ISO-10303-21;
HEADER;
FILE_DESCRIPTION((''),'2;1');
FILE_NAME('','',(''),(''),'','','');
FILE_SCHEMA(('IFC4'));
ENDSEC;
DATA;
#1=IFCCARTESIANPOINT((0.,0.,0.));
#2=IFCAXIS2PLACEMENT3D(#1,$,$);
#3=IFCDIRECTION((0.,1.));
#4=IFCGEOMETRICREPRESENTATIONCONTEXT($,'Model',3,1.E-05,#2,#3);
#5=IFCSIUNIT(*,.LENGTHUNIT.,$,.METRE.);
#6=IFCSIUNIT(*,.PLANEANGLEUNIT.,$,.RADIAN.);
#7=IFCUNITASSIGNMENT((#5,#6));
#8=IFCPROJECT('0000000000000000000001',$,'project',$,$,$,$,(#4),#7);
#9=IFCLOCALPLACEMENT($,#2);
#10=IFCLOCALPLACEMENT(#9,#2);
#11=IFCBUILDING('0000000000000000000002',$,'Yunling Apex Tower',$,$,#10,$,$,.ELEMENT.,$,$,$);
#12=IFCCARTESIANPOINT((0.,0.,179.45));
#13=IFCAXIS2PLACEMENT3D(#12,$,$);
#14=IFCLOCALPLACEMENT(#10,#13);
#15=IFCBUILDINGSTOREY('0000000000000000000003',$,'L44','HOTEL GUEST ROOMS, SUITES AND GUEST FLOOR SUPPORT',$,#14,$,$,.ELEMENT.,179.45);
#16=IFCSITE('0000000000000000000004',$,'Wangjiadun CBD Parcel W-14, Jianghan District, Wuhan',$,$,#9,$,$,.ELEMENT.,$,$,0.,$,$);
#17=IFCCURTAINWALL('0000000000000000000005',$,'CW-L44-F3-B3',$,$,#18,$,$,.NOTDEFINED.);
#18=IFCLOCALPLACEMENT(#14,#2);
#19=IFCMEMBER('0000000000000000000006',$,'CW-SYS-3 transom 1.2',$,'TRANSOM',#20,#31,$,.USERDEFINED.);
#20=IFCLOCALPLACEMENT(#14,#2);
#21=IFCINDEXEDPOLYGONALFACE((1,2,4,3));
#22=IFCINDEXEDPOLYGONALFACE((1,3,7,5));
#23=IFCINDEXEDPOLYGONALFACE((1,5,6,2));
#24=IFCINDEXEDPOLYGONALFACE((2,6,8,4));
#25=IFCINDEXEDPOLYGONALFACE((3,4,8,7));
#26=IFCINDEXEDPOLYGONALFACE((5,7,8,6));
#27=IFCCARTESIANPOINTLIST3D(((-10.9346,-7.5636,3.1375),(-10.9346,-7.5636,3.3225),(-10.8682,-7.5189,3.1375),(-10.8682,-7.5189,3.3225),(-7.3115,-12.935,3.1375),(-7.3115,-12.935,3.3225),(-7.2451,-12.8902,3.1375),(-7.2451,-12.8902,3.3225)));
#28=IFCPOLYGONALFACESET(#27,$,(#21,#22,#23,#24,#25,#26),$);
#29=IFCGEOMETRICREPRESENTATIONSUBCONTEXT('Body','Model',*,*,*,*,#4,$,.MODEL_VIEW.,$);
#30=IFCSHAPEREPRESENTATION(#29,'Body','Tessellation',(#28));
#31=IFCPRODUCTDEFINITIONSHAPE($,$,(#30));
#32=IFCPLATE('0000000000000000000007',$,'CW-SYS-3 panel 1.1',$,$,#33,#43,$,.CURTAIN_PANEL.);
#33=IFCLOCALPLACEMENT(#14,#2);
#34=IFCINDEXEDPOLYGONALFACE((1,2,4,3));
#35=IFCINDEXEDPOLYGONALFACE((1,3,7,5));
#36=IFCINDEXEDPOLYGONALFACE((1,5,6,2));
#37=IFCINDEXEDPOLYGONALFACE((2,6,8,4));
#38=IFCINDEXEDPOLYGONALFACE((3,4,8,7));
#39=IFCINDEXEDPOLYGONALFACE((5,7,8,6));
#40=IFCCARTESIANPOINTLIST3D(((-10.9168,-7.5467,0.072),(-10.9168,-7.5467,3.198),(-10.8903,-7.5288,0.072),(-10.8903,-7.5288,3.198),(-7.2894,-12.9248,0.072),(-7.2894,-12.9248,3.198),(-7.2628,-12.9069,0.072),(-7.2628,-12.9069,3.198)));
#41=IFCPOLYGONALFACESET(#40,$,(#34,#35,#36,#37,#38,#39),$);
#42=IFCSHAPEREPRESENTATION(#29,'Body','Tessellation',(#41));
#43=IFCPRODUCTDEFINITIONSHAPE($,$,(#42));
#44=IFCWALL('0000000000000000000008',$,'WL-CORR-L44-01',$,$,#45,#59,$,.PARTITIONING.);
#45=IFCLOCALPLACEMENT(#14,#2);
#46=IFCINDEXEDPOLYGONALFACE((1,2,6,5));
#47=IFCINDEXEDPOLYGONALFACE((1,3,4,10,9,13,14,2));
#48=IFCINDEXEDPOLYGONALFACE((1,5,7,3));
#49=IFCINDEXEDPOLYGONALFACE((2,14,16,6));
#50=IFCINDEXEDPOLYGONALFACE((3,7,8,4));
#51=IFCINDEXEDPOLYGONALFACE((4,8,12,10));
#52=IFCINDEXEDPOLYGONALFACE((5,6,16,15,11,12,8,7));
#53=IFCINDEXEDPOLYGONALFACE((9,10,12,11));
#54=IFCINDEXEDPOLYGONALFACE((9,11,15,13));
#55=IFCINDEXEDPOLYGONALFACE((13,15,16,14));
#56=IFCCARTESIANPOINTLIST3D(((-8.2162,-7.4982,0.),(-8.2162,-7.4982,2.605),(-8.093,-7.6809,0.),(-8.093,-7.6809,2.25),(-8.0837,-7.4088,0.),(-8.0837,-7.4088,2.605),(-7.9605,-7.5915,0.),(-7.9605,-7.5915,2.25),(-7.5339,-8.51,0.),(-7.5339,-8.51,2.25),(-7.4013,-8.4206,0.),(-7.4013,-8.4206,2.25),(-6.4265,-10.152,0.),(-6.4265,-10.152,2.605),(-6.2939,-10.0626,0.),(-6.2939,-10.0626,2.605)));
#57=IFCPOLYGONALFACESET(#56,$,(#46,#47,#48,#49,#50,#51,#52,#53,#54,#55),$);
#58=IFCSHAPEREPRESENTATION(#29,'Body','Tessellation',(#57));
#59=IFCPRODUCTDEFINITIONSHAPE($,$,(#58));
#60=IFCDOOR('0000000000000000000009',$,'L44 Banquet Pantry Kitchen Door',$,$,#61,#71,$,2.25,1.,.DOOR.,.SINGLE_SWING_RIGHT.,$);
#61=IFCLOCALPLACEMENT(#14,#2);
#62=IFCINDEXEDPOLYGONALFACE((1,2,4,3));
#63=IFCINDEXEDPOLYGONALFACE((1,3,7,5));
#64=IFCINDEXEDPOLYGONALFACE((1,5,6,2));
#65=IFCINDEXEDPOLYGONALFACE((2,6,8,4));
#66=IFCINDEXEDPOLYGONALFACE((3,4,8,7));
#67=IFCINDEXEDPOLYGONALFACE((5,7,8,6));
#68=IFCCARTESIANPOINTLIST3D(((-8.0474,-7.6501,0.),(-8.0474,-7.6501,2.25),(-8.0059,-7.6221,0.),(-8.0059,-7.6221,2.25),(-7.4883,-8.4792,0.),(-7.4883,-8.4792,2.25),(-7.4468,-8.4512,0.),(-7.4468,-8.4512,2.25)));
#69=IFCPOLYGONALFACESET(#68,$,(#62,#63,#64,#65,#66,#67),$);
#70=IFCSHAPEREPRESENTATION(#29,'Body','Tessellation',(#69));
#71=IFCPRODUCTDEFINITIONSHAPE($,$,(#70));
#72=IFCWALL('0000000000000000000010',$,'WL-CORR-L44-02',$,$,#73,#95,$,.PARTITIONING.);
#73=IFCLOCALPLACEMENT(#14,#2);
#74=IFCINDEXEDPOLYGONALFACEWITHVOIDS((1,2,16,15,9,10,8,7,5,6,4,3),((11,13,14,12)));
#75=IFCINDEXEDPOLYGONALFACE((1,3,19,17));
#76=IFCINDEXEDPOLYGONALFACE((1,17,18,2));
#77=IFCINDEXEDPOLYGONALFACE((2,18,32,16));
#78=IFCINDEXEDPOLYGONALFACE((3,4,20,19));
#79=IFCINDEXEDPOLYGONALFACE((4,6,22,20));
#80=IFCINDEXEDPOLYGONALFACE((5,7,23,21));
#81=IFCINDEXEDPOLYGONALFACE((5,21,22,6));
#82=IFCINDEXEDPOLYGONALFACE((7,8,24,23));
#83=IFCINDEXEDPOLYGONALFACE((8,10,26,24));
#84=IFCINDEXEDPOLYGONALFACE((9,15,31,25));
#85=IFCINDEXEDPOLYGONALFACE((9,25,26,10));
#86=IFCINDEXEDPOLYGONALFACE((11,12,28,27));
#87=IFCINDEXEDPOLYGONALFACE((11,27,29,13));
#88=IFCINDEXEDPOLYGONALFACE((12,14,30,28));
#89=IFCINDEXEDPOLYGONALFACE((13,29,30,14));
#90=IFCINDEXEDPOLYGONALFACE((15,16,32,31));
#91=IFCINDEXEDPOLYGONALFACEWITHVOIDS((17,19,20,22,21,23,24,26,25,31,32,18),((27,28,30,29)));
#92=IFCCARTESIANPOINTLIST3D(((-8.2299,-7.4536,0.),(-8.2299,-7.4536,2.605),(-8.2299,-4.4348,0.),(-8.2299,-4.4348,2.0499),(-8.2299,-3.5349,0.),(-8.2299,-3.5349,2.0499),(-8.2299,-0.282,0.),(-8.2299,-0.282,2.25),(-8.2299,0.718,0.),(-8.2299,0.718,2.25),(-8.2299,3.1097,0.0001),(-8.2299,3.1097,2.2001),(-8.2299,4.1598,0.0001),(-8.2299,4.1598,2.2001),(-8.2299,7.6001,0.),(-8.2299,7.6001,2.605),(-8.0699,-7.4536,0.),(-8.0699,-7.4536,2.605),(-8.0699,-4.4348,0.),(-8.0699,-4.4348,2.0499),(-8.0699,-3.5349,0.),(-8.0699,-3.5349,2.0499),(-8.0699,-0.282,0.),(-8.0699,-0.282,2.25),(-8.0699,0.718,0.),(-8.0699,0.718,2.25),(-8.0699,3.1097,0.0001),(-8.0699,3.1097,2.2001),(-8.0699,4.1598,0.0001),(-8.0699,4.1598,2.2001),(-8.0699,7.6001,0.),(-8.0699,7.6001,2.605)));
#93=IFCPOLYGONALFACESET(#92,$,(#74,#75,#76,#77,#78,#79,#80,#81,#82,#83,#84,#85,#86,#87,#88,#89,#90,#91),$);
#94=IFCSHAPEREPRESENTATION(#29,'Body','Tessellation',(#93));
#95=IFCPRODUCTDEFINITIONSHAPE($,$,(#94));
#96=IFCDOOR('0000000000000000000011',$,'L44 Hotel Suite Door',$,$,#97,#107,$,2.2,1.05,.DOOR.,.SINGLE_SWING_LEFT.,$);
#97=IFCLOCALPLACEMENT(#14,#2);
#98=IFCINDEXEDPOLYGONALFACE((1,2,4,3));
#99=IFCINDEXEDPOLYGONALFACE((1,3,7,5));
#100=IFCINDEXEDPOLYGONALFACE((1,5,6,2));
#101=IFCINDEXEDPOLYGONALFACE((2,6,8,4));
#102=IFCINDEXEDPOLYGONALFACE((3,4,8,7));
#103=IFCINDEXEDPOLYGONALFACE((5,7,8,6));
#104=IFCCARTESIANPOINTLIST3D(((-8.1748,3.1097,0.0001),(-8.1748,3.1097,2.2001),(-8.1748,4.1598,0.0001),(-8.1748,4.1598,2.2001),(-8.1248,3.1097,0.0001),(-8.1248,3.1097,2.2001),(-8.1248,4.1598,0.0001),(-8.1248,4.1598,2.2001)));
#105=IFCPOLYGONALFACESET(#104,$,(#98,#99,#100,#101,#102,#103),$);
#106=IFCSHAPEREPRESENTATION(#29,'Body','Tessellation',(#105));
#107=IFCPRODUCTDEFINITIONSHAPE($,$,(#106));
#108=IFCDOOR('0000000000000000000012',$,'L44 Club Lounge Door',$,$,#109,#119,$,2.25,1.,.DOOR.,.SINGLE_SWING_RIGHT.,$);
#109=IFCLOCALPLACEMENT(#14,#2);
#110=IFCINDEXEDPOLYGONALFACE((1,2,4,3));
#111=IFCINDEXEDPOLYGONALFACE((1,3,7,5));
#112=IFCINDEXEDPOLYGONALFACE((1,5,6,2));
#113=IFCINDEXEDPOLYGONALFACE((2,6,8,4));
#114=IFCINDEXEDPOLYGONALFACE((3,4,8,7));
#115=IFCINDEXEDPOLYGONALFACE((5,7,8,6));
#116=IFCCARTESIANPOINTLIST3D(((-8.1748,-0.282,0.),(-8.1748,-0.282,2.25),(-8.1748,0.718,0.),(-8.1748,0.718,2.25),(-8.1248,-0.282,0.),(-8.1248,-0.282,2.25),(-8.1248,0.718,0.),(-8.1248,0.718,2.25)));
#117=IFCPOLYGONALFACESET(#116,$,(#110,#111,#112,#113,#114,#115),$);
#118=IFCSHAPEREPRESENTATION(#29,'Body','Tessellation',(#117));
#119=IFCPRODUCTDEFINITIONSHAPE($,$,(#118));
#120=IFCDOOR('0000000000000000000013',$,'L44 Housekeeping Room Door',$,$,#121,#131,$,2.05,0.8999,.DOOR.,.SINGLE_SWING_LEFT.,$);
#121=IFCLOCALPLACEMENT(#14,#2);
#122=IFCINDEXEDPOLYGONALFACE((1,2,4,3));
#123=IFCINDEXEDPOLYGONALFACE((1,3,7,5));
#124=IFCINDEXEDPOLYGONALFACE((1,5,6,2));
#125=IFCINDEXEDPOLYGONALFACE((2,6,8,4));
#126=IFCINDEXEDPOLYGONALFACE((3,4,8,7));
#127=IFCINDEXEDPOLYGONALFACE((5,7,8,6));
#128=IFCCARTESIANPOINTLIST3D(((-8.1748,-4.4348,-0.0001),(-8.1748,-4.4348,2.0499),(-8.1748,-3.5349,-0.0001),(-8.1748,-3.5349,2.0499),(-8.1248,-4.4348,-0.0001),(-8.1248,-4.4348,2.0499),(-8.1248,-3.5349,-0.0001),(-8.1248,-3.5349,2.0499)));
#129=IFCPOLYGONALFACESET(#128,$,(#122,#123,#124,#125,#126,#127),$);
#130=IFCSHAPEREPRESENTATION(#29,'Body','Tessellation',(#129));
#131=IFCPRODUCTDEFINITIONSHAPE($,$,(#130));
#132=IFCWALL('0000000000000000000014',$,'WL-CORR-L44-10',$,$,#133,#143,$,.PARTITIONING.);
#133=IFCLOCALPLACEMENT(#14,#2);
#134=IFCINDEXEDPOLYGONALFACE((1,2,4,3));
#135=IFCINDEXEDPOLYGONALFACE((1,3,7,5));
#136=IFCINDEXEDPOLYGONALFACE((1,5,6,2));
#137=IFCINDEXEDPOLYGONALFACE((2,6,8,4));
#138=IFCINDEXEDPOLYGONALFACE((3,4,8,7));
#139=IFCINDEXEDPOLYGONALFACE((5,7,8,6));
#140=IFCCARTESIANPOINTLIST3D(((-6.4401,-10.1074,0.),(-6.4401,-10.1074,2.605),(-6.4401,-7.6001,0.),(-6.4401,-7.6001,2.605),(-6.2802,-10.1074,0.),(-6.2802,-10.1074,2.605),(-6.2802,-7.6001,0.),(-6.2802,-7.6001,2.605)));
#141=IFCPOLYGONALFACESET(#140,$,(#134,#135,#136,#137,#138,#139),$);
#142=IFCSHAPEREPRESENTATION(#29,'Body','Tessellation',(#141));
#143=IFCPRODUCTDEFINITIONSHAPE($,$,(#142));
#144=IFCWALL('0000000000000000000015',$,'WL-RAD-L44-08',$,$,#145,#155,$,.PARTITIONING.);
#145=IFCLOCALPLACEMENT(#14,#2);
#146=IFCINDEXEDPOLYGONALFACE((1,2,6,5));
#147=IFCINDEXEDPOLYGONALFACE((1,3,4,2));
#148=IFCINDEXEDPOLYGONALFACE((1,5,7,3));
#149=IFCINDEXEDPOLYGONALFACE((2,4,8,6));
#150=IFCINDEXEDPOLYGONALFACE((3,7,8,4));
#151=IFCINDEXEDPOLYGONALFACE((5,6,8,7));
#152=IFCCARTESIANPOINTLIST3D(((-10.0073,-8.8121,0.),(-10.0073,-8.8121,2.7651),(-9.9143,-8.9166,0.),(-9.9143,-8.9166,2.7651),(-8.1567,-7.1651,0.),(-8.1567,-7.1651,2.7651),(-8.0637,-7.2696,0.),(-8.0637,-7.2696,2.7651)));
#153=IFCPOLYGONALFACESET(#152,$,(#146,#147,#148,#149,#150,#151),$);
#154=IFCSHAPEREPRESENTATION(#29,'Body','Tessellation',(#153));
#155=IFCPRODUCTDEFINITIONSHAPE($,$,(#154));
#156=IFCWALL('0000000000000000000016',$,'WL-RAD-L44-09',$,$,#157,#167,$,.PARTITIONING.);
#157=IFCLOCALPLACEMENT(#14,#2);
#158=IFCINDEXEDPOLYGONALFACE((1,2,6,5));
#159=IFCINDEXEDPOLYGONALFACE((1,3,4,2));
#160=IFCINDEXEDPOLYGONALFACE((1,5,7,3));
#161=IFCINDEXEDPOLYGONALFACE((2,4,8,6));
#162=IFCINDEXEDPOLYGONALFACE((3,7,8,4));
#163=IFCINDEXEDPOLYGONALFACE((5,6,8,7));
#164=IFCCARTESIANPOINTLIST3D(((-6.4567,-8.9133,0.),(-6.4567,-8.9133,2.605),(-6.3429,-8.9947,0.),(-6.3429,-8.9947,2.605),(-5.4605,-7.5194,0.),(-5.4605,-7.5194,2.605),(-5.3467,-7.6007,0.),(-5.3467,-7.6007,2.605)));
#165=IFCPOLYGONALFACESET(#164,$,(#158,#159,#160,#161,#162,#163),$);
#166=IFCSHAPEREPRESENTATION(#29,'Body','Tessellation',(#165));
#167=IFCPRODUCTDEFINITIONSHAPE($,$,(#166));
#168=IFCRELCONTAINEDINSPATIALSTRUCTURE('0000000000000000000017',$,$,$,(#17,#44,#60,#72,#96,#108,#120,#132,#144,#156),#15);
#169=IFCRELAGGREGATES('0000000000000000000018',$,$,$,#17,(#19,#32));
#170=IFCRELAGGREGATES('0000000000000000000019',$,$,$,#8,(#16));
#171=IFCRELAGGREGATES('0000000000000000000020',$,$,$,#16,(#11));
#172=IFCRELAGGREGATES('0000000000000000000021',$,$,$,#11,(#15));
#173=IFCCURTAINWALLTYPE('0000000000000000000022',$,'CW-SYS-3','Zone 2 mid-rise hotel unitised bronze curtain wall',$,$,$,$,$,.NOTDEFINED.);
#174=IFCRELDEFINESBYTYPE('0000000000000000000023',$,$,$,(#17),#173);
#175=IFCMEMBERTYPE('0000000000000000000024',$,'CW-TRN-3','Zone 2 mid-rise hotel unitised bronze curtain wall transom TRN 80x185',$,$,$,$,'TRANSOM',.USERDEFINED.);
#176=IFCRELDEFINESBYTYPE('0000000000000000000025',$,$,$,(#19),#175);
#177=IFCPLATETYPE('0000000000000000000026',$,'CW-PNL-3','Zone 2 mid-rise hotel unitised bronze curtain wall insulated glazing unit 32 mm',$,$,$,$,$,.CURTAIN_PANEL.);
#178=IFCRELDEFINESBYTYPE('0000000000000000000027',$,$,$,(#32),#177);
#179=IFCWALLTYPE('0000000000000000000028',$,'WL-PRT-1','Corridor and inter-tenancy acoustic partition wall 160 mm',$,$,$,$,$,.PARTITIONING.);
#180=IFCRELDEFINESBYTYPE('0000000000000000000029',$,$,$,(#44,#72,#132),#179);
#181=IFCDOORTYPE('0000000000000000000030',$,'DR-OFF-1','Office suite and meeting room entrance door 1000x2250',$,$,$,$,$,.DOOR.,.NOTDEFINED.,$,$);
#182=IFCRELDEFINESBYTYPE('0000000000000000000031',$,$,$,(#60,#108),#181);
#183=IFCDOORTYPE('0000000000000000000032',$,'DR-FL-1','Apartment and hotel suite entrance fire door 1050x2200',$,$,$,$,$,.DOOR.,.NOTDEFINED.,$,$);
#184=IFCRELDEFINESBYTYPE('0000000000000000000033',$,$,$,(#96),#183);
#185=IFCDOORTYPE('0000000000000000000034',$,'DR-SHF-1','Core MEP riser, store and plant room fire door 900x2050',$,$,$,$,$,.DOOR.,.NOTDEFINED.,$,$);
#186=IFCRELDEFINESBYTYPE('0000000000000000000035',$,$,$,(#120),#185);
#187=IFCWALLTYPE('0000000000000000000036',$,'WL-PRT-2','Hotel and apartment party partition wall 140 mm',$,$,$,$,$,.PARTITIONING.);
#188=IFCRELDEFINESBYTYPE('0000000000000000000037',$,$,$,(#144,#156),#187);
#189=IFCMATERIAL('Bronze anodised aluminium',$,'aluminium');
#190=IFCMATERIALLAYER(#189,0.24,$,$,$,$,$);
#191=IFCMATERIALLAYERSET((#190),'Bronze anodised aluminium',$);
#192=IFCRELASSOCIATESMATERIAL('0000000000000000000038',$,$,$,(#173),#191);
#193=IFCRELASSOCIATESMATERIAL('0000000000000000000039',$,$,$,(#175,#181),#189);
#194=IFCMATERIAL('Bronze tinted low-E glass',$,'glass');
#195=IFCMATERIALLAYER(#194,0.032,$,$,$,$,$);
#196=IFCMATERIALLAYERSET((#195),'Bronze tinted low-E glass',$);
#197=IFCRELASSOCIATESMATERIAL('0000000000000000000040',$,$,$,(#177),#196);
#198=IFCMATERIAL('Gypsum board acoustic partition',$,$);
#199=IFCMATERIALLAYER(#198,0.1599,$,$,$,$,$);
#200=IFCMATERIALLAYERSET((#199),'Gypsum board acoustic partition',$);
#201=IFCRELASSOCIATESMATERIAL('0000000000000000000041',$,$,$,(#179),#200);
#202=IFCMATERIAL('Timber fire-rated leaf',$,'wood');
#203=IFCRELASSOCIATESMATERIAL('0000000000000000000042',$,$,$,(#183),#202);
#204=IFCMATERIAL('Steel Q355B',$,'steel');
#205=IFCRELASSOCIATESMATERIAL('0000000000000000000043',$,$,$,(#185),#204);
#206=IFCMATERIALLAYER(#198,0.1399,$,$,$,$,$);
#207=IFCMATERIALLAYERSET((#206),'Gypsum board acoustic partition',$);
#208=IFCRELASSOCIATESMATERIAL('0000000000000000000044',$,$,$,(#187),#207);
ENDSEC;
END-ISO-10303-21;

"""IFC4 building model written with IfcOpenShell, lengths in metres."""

from ifc_helpers import new_model, si_unit, direction, frame, frame_2d, origin, origin_2d, place, context, subcontext, project, spatial, rectangle, extrude, source, transform, mapped, material, layer, layer_set, material_profile, profile_set, type_object, element, fill, aggregate, save


model = new_model("IFC4")

# Units and contexts
model_context = context("Model", 3, precision=1e-05, world=origin(), true_north=direction((0.0, 1.0)))
body_context = subcontext(model_context, "Body", "Model", "MODEL_VIEW")
ifc_project = project(units=[si_unit("LENGTHUNIT", "METRE"), si_unit("PLANEANGLEUNIT", "RADIAN")], contexts=[model_context])

# Site, building, storey
site_placement = place(None, origin())
site = spatial("IfcSite", under=ifc_project, at=site_placement, Name="Wangjiadun CBD Parcel W-14, Jianghan District, Wuhan", CompositionType="ELEMENT", RefElevation=0.0)
building_placement = place(site_placement, origin())
building = spatial("IfcBuilding", under=site, at=building_placement, Name="Yunling Apex Tower", CompositionType="ELEMENT")
storey_placement = place(building_placement, frame((0.0, 0.0, 179.45)))
storey = spatial("IfcBuildingStorey", under=building, at=storey_placement, Name="L44", Description="HOTEL GUEST ROOMS, SUITES AND GUEST FLOOR SUPPORT", CompositionType="ELEMENT", Elevation=179.45)

# Shared definitions
ifc_material_1 = material(Name="Steel Q355B", Category="steel")

# Curtain wall, member, plate
ifc_material_2 = material(Name="Bronze anodised aluminium", Category="aluminium")
ifc_layer_1 = layer(ifc_material_2, 0.24)
ifc_layer_set_1 = layer_set([ifc_layer_1], Name="Bronze anodised aluminium")
curtain_wall_type = type_object("IfcCurtainWallType", Name="CW-SYS-3", Description="Zone 2 mid-rise hotel unitised bronze curtain wall", PredefinedType="NOTDEFINED", material=ifc_layer_set_1)
curtain_wall_placement = place(storey_placement, origin())
curtain_wall = element("IfcCurtainWall", 1, at=curtain_wall_placement, inside=storey, type_object=curtain_wall_type, Name="CW-L44-F3-B3", PredefinedType="NOTDEFINED")
ifc_material_profile_1 = material_profile(ifc_material_2, rectangle(XDim=0.0801, YDim=0.1851, at=origin_2d()))
ifc_profile_set_1 = profile_set([ifc_material_profile_1], Name="Bronze anodised aluminium")
member_type_1 = type_object("IfcMemberType", Name="CW-TRN-3", Description="Zone 2 mid-rise hotel unitised bronze curtain wall transom TRN 80x185", ElementType="TRANSOM", PredefinedType="USERDEFINED", material=ifc_profile_set_1)
shared_shape_1 = source(origin(), body_context, "Body", "SweptSolid", [
    extrude(rectangle(XDim=0.0801, YDim=0.1851, at=origin_2d()), origin(), (0.0, 0.0, 1.0), 6.479),
])
member_1_placement = place(storey_placement, frame((-10.9014, -7.5413, 3.23), z_axis=(0.559196, -0.829035, 0.0), x_axis=(0.829035, 0.559196, 0.0)))
member_1 = element("IfcMember", 2, at=member_1_placement, type_object=member_type_1, Name="CW-SYS-3 transom 1.2", ObjectType="TRANSOM", PredefinedType="USERDEFINED", context=body_context, shape_type="MappedRepresentation", body=[
    mapped(shared_shape_1, transform((0.0, 0.0, 0.0), scale=1.0)),
])
ifc_material_3 = material(Name="Bronze tinted low-E glass", Category="glass")
ifc_layer_2 = layer(ifc_material_3, 0.032)
ifc_layer_set_2 = layer_set([ifc_layer_2], Name="Bronze tinted low-E glass")
plate_type = type_object("IfcPlateType", Name="CW-PNL-3", Description="Zone 2 mid-rise hotel unitised bronze curtain wall insulated glazing unit 32 mm", PredefinedType="CURTAIN_PANEL", material=ifc_layer_set_2)
shared_shape_2 = source(origin(), body_context, "Body", "SweptSolid", [
    extrude(rectangle(XDim=6.4871, YDim=0.032, at=origin_2d()), origin(), (0.0, 0.0, 1.0), 3.126),
])
plate_placement = place(storey_placement, frame((-9.0898, -10.2268, 0.072), z_axis=(0.0, 0.0, 1.0), x_axis=(0.559188, -0.829041, 0.0)))
plate = element("IfcPlate", 3, at=plate_placement, type_object=plate_type, Name="CW-SYS-3 panel 1.1", PredefinedType="CURTAIN_PANEL", context=body_context, shape_type="MappedRepresentation", body=[
    mapped(shared_shape_2, transform((0.0, 0.0, 0.0), scale=1.0)),
])
aggregate(curtain_wall, [member_1, plate])

# Wall, opening, door
ifc_material_4 = material(Name="Gypsum board acoustic partition")
ifc_layer_3 = layer(ifc_material_4, 0.1599)
ifc_layer_set_3 = layer_set([ifc_layer_3], Name="Gypsum board acoustic partition")
wall_type_1 = type_object("IfcWallType", Name="WL-PRT-1", Description="Corridor and inter-tenancy acoustic partition wall 160 mm", PredefinedType="PARTITIONING", material=ifc_layer_set_3)
wall_1_placement = place(storey_placement, frame((-6.3601, -10.1074, 0.0), z_axis=(0.0, 0.0, 1.0), x_axis=(-0.559145, 0.82907, 0.0)))
wall_1 = element("IfcWall", 4, at=wall_1_placement, inside=storey, type_object=wall_type_1, Name="WL-CORR-L44-01", PredefinedType="PARTITIONING", context=body_context, shape_type="SweptSolid", body=[
    extrude(rectangle(XDim=3.2009, YDim=0.1599, at=frame_2d((1.6006, 0.0))), origin(), (0.0, 0.0, 1.0), 2.605),
])
opening_1_placement = place(wall_1_placement, frame((1.9807, 0.0, 0.0)))
opening_1 = element("IfcOpeningElement", 5, at=opening_1_placement, cuts=wall_1, PredefinedType="OPENING", context=body_context, shape_type="SweptSolid", body=[
    extrude(rectangle(XDim=1.0, YDim=2.25, at=frame_2d((0.5, 1.125))), frame((0.0, 0.0898, 0.0), z_axis=(0.0, -1.0, 0.0), x_axis=(1.0, 0.0, 0.0)), (0.0, 0.0, 1.0), 0.1799),
])
door_type_1 = type_object("IfcDoorType", Name="DR-OFF-1", Description="Office suite and meeting room entrance door 1000x2250", OperationType="NOTDEFINED", PredefinedType="DOOR", material=ifc_material_2)
door_1_placement = place(opening_1_placement, origin())
door_1 = element("IfcDoor", 6, at=door_1_placement, inside=storey, type_object=door_type_1, Name="L44 Banquet Pantry Kitchen Door", OperationType="SINGLE_SWING_RIGHT", OverallHeight=2.25, OverallWidth=1.0, PredefinedType="DOOR", context=body_context, shape_type="SweptSolid", body=[
    extrude(rectangle(XDim=1.0, YDim=2.25, at=frame_2d((0.5, 1.125))), frame((0.0, 0.0249, 0.0), z_axis=(0.0, -1.0, 0.0), x_axis=(1.0, 0.0, 0.0)), (0.0, 0.0, 1.0), 0.05),
])
fill(opening_1, door_1)

# Wall, openings, doors
wall_2_placement = place(storey_placement, frame((-8.1499, -7.4536, 0.0), z_axis=(0.0, 0.0, 1.0), x_axis=(0.0, 1.0, 0.0)))
wall_2 = element("IfcWall", 7, at=wall_2_placement, inside=storey, type_object=wall_type_1, Name="WL-CORR-L44-02", PredefinedType="PARTITIONING", context=body_context, shape_type="SweptSolid", body=[
    extrude(rectangle(XDim=15.0537, YDim=0.1599, at=frame_2d((7.5269, 0.0))), origin(), (0.0, 0.0, 1.0), 2.605),
])
opening_2_placement = place(wall_2_placement, frame((3.0188, 0.0, 0.0)))
opening_2 = element("IfcOpeningElement", 8, at=opening_2_placement, cuts=wall_2, PredefinedType="OPENING", context=body_context, shape_type="SweptSolid", body=[
    extrude(rectangle(XDim=0.8999, YDim=2.05, at=frame_2d((0.45, 1.0249))), frame((0.0, 0.0898, 0.0), z_axis=(0.0, -1.0, 0.0), x_axis=(1.0, 0.0, 0.0)), (0.0, 0.0, 1.0), 0.1799),
])
opening_3_placement = place(wall_2_placement, frame((7.1716, 0.0, 0.0)))
opening_3 = element("IfcOpeningElement", 9, at=opening_3_placement, cuts=wall_2, PredefinedType="OPENING", context=body_context, shape_type="SweptSolid", body=[
    extrude(rectangle(XDim=1.0, YDim=2.25, at=frame_2d((0.5, 1.125))), frame((0.0, 0.0898, 0.0), z_axis=(0.0, -1.0, 0.0), x_axis=(1.0, 0.0, 0.0)), (0.0, 0.0, 1.0), 0.1799),
])
opening_4_placement = place(wall_2_placement, frame((10.5635, 0.0, 0.0)))
opening_4 = element("IfcOpeningElement", 10, at=opening_4_placement, cuts=wall_2, PredefinedType="OPENING", context=body_context, shape_type="SweptSolid", body=[
    extrude(rectangle(XDim=1.05, YDim=2.2, at=frame_2d((0.5249, 1.1001))), frame((0.0, 0.0898, 0.0), z_axis=(0.0, -1.0, 0.0), x_axis=(1.0, 0.0, 0.0)), (0.0, 0.0, 1.0), 0.1799),
])
ifc_material_5 = material(Name="Timber fire-rated leaf", Category="wood")
door_type_2 = type_object("IfcDoorType", Name="DR-FL-1", Description="Apartment and hotel suite entrance fire door 1050x2200", OperationType="NOTDEFINED", PredefinedType="DOOR", material=ifc_material_5)
door_2_placement = place(opening_4_placement, origin())
door_2 = element("IfcDoor", 11, at=door_2_placement, inside=storey, type_object=door_type_2, Name="L44 Hotel Suite Door", OperationType="SINGLE_SWING_LEFT", OverallHeight=2.2, OverallWidth=1.05, PredefinedType="DOOR", context=body_context, shape_type="SweptSolid", body=[
    extrude(rectangle(XDim=1.05, YDim=2.2, at=frame_2d((0.5249, 1.1001))), frame((0.0, 0.0249, 0.0), z_axis=(0.0, -1.0, 0.0), x_axis=(1.0, 0.0, 0.0)), (0.0, 0.0, 1.0), 0.05),
])
fill(opening_4, door_2)
door_3_placement = place(opening_3_placement, origin())
door_3 = element("IfcDoor", 12, at=door_3_placement, inside=storey, type_object=door_type_1, Name="L44 Club Lounge Door", OperationType="SINGLE_SWING_RIGHT", OverallHeight=2.25, OverallWidth=1.0, PredefinedType="DOOR", context=body_context, shape_type="SweptSolid", body=[
    extrude(rectangle(XDim=1.0, YDim=2.25, at=frame_2d((0.5, 1.125))), frame((0.0, 0.0249, 0.0), z_axis=(0.0, -1.0, 0.0), x_axis=(1.0, 0.0, 0.0)), (0.0, 0.0, 1.0), 0.05),
])
fill(opening_3, door_3)
door_type_3 = type_object("IfcDoorType", Name="DR-SHF-1", Description="Core MEP riser, store and plant room fire door 900x2050", OperationType="NOTDEFINED", PredefinedType="DOOR", material=ifc_material_1)
door_4_placement = place(opening_2_placement, origin())
door_4 = element("IfcDoor", 13, at=door_4_placement, inside=storey, type_object=door_type_3, Name="L44 Housekeeping Room Door", OperationType="SINGLE_SWING_LEFT", OverallHeight=2.05, OverallWidth=0.8999, PredefinedType="DOOR", context=body_context, shape_type="SweptSolid", body=[
    extrude(rectangle(XDim=0.8999, YDim=2.05, at=frame_2d((0.45, 1.0249))), frame((0.0, 0.0249, 0.0), z_axis=(0.0, -1.0, 0.0), x_axis=(1.0, 0.0, 0.0)), (0.0, 0.0, 1.0), 0.05),
])
fill(opening_2, door_4)

# Walls
wall_3_placement = place(storey_placement, frame((-6.3601, -7.6001, 0.0), z_axis=(0.0, 0.0, 1.0), x_axis=(0.0, -1.0, 0.0)))
element("IfcWall", 14, at=wall_3_placement, inside=storey, type_object=wall_type_1, Name="WL-CORR-L44-10", PredefinedType="PARTITIONING", context=body_context, shape_type="SweptSolid", body=[
    extrude(rectangle(XDim=2.5073, YDim=0.1599, at=frame_2d((1.2537, 0.0))), origin(), (0.0, 0.0, 1.0), 2.605),
])
ifc_layer_4 = layer(ifc_material_4, 0.1399)
ifc_layer_set_4 = layer_set([ifc_layer_4], Name="Gypsum board acoustic partition")
wall_type_2 = type_object("IfcWallType", Name="WL-PRT-2", Description="Hotel and apartment party partition wall 140 mm", PredefinedType="PARTITIONING", material=ifc_layer_set_4)
wall_4_placement = place(storey_placement, frame((-8.1101, -7.2173, 0.0), z_axis=(0.0, 0.0, 1.0), x_axis=(-0.747007, -0.664816, 0.0)))
element("IfcWall", 15, at=wall_4_placement, inside=storey, type_object=wall_type_2, Name="WL-RAD-L44-08", PredefinedType="PARTITIONING", context=body_context, shape_type="SweptSolid", body=[
    extrude(rectangle(XDim=2.4773, YDim=0.1399, at=frame_2d((1.2388, 0.0))), origin(), (0.0, 0.0, 1.0), 2.7651),
])
wall_5_placement = place(storey_placement, frame((-5.4036, -7.5601, 0.0), z_axis=(0.0, 0.0, 1.0), x_axis=(-0.581467, -0.81357, 0.0)))
element("IfcWall", 16, at=wall_5_placement, inside=storey, type_object=wall_type_2, Name="WL-RAD-L44-09", PredefinedType="PARTITIONING", context=body_context, shape_type="SweptSolid", body=[
    extrude(rectangle(XDim=1.7134, YDim=0.1399, at=frame_2d((0.8567, 0.0))), origin(), (0.0, 0.0, 1.0), 2.605),
])

save(model, "model.ifc")
